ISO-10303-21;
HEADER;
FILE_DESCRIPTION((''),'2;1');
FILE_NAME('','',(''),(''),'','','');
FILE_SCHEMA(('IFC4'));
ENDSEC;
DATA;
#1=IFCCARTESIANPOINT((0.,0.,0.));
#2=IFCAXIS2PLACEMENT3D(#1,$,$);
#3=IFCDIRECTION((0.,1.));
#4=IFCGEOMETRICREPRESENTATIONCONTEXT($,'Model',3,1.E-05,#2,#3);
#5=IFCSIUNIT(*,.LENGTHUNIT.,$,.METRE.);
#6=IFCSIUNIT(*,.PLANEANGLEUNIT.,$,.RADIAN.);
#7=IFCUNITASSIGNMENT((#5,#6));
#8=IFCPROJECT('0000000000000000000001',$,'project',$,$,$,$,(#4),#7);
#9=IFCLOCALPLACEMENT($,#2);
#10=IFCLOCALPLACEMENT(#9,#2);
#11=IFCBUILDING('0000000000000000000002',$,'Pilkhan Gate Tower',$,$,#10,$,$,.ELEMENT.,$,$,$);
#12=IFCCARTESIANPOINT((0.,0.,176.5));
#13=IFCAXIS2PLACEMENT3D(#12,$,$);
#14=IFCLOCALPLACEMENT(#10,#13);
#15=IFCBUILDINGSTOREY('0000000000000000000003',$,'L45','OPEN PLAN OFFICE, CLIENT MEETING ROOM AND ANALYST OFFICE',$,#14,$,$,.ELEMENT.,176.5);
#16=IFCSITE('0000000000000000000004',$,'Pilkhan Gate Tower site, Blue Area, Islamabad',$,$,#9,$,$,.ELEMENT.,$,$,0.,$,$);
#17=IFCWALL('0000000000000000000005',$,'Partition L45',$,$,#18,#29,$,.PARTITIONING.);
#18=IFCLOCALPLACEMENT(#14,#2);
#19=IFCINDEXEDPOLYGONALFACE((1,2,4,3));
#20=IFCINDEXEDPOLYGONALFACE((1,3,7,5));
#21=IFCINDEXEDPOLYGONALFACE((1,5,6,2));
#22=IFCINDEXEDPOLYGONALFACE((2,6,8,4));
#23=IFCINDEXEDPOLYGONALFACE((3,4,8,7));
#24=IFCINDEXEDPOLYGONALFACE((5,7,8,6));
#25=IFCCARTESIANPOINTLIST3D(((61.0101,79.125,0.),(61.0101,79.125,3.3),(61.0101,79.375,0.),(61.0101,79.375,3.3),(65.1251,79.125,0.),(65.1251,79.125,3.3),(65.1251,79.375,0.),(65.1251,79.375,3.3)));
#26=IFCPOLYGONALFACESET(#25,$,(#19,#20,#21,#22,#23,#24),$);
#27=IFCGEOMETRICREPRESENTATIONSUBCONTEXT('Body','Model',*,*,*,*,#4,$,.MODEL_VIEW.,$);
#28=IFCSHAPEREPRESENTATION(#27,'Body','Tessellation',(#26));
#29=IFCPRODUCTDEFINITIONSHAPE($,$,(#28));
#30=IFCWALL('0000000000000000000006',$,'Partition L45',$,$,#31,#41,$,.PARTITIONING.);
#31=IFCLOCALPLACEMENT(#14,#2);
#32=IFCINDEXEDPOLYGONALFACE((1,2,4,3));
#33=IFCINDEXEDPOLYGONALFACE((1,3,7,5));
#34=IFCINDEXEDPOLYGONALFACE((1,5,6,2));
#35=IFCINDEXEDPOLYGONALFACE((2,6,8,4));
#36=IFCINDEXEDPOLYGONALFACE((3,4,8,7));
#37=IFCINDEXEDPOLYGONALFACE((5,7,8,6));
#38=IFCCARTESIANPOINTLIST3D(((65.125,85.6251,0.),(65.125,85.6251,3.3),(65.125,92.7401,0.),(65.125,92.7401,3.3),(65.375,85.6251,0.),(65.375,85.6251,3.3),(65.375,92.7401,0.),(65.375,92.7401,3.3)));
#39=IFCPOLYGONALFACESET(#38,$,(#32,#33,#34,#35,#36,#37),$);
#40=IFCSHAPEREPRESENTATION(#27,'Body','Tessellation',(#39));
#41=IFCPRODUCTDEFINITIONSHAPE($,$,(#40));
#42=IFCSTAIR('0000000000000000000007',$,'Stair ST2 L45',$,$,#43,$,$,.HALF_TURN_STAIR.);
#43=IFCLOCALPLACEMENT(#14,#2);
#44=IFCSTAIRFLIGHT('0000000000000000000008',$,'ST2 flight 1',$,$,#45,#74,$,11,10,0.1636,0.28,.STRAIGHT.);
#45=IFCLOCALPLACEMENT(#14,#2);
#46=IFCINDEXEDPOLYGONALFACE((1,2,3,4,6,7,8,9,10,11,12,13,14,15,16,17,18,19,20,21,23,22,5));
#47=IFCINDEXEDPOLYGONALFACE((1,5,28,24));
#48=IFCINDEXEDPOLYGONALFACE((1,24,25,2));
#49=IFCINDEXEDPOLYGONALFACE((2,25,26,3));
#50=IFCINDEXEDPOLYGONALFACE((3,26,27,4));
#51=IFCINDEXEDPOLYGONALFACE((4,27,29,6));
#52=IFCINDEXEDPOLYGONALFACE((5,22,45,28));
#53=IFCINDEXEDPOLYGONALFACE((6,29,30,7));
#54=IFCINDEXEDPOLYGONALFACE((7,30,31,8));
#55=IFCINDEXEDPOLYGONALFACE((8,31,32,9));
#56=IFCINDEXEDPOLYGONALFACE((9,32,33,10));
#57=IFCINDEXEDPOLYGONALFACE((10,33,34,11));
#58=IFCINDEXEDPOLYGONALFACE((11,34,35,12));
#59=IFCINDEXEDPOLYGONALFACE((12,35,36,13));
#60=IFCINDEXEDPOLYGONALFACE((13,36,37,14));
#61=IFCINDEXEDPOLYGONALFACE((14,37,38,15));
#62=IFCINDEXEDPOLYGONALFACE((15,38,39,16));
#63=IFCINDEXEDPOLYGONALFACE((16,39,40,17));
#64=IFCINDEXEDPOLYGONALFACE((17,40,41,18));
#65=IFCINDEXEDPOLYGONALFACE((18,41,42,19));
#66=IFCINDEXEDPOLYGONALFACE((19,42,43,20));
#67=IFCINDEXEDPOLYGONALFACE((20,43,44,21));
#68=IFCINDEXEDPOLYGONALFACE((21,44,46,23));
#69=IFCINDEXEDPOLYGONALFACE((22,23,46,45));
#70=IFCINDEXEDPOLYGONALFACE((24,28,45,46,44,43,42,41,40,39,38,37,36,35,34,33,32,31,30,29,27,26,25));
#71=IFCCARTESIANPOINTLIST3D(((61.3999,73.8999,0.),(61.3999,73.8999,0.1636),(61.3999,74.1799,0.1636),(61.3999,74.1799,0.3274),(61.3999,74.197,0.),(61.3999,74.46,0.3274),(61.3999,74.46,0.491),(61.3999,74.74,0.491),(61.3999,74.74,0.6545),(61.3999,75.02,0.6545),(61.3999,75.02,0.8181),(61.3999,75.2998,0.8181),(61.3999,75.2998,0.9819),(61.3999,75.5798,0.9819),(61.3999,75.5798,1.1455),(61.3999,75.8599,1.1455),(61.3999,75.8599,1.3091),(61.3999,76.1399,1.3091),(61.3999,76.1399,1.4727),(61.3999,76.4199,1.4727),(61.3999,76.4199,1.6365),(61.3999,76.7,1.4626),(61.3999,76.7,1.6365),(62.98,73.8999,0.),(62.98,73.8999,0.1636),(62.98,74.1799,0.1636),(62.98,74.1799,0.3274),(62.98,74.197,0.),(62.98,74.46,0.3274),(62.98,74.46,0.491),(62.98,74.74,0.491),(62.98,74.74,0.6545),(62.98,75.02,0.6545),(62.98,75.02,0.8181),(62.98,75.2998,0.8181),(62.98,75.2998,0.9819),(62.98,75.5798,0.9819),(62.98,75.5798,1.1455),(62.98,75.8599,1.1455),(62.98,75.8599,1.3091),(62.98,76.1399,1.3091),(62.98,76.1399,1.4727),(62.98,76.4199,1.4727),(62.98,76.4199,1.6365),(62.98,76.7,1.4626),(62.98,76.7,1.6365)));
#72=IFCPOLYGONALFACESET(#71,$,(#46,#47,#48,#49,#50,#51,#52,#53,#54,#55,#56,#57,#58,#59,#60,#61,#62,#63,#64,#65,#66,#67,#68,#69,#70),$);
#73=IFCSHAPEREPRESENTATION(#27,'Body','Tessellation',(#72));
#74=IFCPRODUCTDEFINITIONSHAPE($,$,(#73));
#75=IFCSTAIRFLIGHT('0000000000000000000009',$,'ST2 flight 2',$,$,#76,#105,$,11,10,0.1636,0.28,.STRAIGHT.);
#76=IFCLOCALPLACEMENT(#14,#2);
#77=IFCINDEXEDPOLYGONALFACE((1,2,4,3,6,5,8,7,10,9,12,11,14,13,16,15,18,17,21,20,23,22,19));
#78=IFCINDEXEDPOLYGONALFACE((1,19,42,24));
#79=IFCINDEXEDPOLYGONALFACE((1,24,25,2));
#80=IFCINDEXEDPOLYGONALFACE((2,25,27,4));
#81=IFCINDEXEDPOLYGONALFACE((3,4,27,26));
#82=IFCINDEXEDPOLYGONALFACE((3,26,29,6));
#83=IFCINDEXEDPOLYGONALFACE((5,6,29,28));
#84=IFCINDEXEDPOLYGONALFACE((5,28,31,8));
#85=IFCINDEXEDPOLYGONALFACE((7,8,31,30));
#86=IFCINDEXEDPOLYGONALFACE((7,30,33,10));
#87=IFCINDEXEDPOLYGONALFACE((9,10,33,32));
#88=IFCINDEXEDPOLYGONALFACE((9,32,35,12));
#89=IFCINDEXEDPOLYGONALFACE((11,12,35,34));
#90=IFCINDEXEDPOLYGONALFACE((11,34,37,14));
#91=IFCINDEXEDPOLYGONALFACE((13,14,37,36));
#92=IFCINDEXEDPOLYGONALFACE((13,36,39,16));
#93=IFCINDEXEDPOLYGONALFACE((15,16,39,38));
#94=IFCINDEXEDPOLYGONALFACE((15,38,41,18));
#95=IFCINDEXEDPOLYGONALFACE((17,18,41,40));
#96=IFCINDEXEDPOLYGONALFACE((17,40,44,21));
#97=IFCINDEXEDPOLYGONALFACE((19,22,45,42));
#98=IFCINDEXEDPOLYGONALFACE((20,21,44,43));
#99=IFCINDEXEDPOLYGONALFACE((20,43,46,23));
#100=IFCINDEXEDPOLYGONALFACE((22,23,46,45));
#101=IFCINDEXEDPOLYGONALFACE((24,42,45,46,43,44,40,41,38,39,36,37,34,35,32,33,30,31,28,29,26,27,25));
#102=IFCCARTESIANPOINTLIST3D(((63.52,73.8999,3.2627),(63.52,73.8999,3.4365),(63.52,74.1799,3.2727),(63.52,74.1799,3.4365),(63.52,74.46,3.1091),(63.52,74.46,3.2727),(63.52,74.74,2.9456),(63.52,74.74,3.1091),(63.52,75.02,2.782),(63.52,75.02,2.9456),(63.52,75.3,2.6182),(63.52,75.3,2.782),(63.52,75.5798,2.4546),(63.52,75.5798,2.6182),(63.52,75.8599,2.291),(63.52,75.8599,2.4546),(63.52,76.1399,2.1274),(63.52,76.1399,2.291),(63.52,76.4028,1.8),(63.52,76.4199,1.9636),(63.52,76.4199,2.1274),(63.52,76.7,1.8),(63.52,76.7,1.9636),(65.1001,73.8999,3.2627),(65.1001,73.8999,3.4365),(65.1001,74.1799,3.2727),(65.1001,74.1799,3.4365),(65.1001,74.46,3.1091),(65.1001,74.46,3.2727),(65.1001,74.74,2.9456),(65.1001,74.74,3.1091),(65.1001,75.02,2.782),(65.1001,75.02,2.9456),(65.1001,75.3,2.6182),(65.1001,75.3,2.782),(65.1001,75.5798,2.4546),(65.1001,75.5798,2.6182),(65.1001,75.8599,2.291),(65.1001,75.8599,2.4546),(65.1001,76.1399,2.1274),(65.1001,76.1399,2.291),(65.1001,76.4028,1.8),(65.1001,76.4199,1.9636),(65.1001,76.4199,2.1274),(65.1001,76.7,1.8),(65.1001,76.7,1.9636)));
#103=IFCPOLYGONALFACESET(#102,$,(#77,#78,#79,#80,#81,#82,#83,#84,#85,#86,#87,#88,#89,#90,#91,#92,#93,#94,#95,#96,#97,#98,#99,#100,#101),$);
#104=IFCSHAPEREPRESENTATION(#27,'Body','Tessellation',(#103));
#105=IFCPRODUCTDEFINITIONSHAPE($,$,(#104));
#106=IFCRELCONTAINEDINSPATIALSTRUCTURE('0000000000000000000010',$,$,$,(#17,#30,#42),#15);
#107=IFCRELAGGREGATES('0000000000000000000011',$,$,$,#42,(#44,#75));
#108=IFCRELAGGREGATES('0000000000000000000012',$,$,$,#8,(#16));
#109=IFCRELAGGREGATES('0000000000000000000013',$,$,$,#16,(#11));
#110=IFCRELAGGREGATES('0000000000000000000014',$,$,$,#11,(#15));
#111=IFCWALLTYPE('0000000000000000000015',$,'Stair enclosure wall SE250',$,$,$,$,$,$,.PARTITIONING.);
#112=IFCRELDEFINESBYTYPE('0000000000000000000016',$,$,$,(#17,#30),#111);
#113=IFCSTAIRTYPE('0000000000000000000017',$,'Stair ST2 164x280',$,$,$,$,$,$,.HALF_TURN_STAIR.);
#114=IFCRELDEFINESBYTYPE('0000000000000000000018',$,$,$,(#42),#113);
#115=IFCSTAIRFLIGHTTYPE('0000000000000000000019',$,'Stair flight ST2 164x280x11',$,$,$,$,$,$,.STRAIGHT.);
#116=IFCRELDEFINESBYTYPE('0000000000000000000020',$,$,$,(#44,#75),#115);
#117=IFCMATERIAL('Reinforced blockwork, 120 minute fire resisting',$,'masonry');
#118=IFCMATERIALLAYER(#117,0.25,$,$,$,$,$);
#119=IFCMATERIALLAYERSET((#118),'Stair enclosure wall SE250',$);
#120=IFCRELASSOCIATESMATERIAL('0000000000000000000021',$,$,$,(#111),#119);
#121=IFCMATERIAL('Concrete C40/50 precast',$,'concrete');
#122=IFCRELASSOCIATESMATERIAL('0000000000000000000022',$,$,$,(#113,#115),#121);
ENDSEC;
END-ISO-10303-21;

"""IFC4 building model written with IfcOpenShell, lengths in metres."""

from ifc_helpers import new_model, si_unit, direction, frame, frame_2d, origin, place, context, subcontext, project, spatial, polyline, rectangle, outline, extrude, material, layer, layer_set, type_object, element, aggregate, save


model = new_model("IFC4")

# Units and contexts
model_context = context("Model", 3, precision=1e-05, world=origin(), true_north=direction((0.0, 1.0)))
body_context = subcontext(model_context, "Body", "Model", "MODEL_VIEW")
ifc_project = project(units=[si_unit("LENGTHUNIT", "METRE"), si_unit("PLANEANGLEUNIT", "RADIAN")], contexts=[model_context])

# Site, building, storey
site_placement = place(None, origin())
site = spatial("IfcSite", under=ifc_project, at=site_placement, Name="Pilkhan Gate Tower site, Blue Area, Islamabad", CompositionType="ELEMENT", RefElevation=0.0)
building_placement = place(site_placement, origin())
building = spatial("IfcBuilding", under=site, at=building_placement, Name="Pilkhan Gate Tower", CompositionType="ELEMENT")
storey_placement = place(building_placement, frame((0.0, 0.0, 176.5)))
storey = spatial("IfcBuildingStorey", under=building, at=storey_placement, Name="L45", Description="OPEN PLAN OFFICE, CLIENT MEETING ROOM AND ANALYST OFFICE", CompositionType="ELEMENT", Elevation=176.5)

# Walls
ifc_material_1 = material(Name="Reinforced blockwork, 120 minute fire resisting", Category="masonry")
ifc_layer_1 = layer(ifc_material_1, 0.25)
ifc_layer_set_1 = layer_set([ifc_layer_1], Name="Stair enclosure wall SE250")
wall_type_1 = type_object("IfcWallType", Name="Stair enclosure wall SE250", PredefinedType="PARTITIONING", material=ifc_layer_set_1)
wall_1_placement = place(storey_placement, frame((61.01, 79.25, 0.0), z_axis=(0.0, 0.0, 1.0), x_axis=(1.0, 0.0, 0.0)))
element("IfcWall", 1, at=wall_1_placement, inside=storey, type_object=wall_type_1, Name="Partition L45", PredefinedType="PARTITIONING", context=body_context, shape_type="SweptSolid", body=[
    extrude(rectangle(XDim=4.115, YDim=0.25, at=frame_2d((2.0576, 0.0))), origin(), (0.0, 0.0, 1.0), 3.3),
])
wall_2_placement = place(storey_placement, frame((65.25, 85.625, 0.0), z_axis=(0.0, 0.0, 1.0), x_axis=(0.0, 1.0, 0.0)))
element("IfcWall", 2, at=wall_2_placement, inside=storey, type_object=wall_type_1, Name="Partition L45", PredefinedType="PARTITIONING", context=body_context, shape_type="SweptSolid", body=[
    extrude(rectangle(XDim=7.115, YDim=0.25, at=frame_2d((3.5576, 0.0))), origin(), (0.0, 0.0, 1.0), 3.3),
])

# Stair, stair flights
ifc_material_2 = material(Name="Concrete C40/50 precast", Category="concrete")
stair_type = type_object("IfcStairType", Name="Stair ST2 164x280", PredefinedType="HALF_TURN_STAIR", material=ifc_material_2)
stair_placement = place(storey_placement, origin())
stair = element("IfcStair", 3, at=stair_placement, inside=storey, type_object=stair_type, Name="Stair ST2 L45", PredefinedType="HALF_TURN_STAIR")
stair_flight_type = type_object("IfcStairFlightType", Name="Stair flight ST2 164x280x11", PredefinedType="STRAIGHT", material=ifc_material_2)
stair_flight_1_placement = place(storey_placement, frame((62.1899, 73.8999, 0.0), z_axis=(0.0, 0.0, 1.0), x_axis=(0.0, 1.0, 0.0)))
stair_flight_1 = element("IfcStairFlight", 4, at=stair_flight_1_placement, type_object=stair_flight_type, Name="ST2 flight 1", NumberOfRisers=11, NumberOfTreads=10, PredefinedType="STRAIGHT", RiserHeight=0.1636, TreadLength=0.28, context=body_context, shape_type="SweptSolid", body=[
    extrude(outline(polyline([(0.0, 0.0), (0.0, 0.1636), (0.28, 0.1636), (0.28, 0.3274), (0.5601, 0.3274), (0.5601, 0.491), (0.8401, 0.491), (0.8401, 0.6545), (1.1201, 0.6545), (1.1201, 0.8181), (1.3999, 0.8181), (1.3999, 0.9819), (1.6799, 0.9819), (1.6799, 1.1455), (1.96, 1.1455), (1.96, 1.3091), (2.24, 1.3091), (2.24, 1.4727), (2.52, 1.4727), (2.52, 1.6365), (2.8, 1.6365), (2.8, 1.8), (2.8, 1.4626), (0.2971, 0.0), (0.0, 0.0)])), frame((0.0, 0.79, 0.0), z_axis=(0.0, -1.0, 0.0), x_axis=(1.0, 0.0, 0.0)), (0.0, 0.0, 1.0), 1.5801),
])
stair_flight_2_placement = place(storey_placement, frame((64.3101, 76.7, 1.8), z_axis=(0.0, 0.0, 1.0), x_axis=(0.0, -1.0, 0.0)))
stair_flight_2 = element("IfcStairFlight", 5, at=stair_flight_2_placement, type_object=stair_flight_type, Name="ST2 flight 2", NumberOfRisers=11, NumberOfTreads=10, PredefinedType="STRAIGHT", RiserHeight=0.1636, TreadLength=0.28, context=body_context, shape_type="SweptSolid", body=[
    extrude(outline(polyline([(0.0, 0.0), (0.0, 0.1636), (0.28, 0.1636), (0.28, 0.3274), (0.5601, 0.3274), (0.5601, 0.491), (0.8401, 0.491), (0.8401, 0.6545), (1.1201, 0.6545), (1.1201, 0.8181), (1.3999, 0.8181), (1.3999, 0.9819), (1.6799, 0.9819), (1.6799, 1.1455), (1.96, 1.1455), (1.96, 1.3091), (2.24, 1.3091), (2.24, 1.4727), (2.52, 1.4727), (2.52, 1.6365), (2.8, 1.6365), (2.8, 1.8), (2.8, 1.4626), (0.2971, 0.0), (0.0, 0.0)])), frame((0.0, 0.79, 0.0), z_axis=(0.0, -1.0, 0.0), x_axis=(1.0, 0.0, 0.0)), (0.0, 0.0, 1.0), 1.5801),
])
aggregate(stair, [stair_flight_1, stair_flight_2])

save(model, "model.ifc")
